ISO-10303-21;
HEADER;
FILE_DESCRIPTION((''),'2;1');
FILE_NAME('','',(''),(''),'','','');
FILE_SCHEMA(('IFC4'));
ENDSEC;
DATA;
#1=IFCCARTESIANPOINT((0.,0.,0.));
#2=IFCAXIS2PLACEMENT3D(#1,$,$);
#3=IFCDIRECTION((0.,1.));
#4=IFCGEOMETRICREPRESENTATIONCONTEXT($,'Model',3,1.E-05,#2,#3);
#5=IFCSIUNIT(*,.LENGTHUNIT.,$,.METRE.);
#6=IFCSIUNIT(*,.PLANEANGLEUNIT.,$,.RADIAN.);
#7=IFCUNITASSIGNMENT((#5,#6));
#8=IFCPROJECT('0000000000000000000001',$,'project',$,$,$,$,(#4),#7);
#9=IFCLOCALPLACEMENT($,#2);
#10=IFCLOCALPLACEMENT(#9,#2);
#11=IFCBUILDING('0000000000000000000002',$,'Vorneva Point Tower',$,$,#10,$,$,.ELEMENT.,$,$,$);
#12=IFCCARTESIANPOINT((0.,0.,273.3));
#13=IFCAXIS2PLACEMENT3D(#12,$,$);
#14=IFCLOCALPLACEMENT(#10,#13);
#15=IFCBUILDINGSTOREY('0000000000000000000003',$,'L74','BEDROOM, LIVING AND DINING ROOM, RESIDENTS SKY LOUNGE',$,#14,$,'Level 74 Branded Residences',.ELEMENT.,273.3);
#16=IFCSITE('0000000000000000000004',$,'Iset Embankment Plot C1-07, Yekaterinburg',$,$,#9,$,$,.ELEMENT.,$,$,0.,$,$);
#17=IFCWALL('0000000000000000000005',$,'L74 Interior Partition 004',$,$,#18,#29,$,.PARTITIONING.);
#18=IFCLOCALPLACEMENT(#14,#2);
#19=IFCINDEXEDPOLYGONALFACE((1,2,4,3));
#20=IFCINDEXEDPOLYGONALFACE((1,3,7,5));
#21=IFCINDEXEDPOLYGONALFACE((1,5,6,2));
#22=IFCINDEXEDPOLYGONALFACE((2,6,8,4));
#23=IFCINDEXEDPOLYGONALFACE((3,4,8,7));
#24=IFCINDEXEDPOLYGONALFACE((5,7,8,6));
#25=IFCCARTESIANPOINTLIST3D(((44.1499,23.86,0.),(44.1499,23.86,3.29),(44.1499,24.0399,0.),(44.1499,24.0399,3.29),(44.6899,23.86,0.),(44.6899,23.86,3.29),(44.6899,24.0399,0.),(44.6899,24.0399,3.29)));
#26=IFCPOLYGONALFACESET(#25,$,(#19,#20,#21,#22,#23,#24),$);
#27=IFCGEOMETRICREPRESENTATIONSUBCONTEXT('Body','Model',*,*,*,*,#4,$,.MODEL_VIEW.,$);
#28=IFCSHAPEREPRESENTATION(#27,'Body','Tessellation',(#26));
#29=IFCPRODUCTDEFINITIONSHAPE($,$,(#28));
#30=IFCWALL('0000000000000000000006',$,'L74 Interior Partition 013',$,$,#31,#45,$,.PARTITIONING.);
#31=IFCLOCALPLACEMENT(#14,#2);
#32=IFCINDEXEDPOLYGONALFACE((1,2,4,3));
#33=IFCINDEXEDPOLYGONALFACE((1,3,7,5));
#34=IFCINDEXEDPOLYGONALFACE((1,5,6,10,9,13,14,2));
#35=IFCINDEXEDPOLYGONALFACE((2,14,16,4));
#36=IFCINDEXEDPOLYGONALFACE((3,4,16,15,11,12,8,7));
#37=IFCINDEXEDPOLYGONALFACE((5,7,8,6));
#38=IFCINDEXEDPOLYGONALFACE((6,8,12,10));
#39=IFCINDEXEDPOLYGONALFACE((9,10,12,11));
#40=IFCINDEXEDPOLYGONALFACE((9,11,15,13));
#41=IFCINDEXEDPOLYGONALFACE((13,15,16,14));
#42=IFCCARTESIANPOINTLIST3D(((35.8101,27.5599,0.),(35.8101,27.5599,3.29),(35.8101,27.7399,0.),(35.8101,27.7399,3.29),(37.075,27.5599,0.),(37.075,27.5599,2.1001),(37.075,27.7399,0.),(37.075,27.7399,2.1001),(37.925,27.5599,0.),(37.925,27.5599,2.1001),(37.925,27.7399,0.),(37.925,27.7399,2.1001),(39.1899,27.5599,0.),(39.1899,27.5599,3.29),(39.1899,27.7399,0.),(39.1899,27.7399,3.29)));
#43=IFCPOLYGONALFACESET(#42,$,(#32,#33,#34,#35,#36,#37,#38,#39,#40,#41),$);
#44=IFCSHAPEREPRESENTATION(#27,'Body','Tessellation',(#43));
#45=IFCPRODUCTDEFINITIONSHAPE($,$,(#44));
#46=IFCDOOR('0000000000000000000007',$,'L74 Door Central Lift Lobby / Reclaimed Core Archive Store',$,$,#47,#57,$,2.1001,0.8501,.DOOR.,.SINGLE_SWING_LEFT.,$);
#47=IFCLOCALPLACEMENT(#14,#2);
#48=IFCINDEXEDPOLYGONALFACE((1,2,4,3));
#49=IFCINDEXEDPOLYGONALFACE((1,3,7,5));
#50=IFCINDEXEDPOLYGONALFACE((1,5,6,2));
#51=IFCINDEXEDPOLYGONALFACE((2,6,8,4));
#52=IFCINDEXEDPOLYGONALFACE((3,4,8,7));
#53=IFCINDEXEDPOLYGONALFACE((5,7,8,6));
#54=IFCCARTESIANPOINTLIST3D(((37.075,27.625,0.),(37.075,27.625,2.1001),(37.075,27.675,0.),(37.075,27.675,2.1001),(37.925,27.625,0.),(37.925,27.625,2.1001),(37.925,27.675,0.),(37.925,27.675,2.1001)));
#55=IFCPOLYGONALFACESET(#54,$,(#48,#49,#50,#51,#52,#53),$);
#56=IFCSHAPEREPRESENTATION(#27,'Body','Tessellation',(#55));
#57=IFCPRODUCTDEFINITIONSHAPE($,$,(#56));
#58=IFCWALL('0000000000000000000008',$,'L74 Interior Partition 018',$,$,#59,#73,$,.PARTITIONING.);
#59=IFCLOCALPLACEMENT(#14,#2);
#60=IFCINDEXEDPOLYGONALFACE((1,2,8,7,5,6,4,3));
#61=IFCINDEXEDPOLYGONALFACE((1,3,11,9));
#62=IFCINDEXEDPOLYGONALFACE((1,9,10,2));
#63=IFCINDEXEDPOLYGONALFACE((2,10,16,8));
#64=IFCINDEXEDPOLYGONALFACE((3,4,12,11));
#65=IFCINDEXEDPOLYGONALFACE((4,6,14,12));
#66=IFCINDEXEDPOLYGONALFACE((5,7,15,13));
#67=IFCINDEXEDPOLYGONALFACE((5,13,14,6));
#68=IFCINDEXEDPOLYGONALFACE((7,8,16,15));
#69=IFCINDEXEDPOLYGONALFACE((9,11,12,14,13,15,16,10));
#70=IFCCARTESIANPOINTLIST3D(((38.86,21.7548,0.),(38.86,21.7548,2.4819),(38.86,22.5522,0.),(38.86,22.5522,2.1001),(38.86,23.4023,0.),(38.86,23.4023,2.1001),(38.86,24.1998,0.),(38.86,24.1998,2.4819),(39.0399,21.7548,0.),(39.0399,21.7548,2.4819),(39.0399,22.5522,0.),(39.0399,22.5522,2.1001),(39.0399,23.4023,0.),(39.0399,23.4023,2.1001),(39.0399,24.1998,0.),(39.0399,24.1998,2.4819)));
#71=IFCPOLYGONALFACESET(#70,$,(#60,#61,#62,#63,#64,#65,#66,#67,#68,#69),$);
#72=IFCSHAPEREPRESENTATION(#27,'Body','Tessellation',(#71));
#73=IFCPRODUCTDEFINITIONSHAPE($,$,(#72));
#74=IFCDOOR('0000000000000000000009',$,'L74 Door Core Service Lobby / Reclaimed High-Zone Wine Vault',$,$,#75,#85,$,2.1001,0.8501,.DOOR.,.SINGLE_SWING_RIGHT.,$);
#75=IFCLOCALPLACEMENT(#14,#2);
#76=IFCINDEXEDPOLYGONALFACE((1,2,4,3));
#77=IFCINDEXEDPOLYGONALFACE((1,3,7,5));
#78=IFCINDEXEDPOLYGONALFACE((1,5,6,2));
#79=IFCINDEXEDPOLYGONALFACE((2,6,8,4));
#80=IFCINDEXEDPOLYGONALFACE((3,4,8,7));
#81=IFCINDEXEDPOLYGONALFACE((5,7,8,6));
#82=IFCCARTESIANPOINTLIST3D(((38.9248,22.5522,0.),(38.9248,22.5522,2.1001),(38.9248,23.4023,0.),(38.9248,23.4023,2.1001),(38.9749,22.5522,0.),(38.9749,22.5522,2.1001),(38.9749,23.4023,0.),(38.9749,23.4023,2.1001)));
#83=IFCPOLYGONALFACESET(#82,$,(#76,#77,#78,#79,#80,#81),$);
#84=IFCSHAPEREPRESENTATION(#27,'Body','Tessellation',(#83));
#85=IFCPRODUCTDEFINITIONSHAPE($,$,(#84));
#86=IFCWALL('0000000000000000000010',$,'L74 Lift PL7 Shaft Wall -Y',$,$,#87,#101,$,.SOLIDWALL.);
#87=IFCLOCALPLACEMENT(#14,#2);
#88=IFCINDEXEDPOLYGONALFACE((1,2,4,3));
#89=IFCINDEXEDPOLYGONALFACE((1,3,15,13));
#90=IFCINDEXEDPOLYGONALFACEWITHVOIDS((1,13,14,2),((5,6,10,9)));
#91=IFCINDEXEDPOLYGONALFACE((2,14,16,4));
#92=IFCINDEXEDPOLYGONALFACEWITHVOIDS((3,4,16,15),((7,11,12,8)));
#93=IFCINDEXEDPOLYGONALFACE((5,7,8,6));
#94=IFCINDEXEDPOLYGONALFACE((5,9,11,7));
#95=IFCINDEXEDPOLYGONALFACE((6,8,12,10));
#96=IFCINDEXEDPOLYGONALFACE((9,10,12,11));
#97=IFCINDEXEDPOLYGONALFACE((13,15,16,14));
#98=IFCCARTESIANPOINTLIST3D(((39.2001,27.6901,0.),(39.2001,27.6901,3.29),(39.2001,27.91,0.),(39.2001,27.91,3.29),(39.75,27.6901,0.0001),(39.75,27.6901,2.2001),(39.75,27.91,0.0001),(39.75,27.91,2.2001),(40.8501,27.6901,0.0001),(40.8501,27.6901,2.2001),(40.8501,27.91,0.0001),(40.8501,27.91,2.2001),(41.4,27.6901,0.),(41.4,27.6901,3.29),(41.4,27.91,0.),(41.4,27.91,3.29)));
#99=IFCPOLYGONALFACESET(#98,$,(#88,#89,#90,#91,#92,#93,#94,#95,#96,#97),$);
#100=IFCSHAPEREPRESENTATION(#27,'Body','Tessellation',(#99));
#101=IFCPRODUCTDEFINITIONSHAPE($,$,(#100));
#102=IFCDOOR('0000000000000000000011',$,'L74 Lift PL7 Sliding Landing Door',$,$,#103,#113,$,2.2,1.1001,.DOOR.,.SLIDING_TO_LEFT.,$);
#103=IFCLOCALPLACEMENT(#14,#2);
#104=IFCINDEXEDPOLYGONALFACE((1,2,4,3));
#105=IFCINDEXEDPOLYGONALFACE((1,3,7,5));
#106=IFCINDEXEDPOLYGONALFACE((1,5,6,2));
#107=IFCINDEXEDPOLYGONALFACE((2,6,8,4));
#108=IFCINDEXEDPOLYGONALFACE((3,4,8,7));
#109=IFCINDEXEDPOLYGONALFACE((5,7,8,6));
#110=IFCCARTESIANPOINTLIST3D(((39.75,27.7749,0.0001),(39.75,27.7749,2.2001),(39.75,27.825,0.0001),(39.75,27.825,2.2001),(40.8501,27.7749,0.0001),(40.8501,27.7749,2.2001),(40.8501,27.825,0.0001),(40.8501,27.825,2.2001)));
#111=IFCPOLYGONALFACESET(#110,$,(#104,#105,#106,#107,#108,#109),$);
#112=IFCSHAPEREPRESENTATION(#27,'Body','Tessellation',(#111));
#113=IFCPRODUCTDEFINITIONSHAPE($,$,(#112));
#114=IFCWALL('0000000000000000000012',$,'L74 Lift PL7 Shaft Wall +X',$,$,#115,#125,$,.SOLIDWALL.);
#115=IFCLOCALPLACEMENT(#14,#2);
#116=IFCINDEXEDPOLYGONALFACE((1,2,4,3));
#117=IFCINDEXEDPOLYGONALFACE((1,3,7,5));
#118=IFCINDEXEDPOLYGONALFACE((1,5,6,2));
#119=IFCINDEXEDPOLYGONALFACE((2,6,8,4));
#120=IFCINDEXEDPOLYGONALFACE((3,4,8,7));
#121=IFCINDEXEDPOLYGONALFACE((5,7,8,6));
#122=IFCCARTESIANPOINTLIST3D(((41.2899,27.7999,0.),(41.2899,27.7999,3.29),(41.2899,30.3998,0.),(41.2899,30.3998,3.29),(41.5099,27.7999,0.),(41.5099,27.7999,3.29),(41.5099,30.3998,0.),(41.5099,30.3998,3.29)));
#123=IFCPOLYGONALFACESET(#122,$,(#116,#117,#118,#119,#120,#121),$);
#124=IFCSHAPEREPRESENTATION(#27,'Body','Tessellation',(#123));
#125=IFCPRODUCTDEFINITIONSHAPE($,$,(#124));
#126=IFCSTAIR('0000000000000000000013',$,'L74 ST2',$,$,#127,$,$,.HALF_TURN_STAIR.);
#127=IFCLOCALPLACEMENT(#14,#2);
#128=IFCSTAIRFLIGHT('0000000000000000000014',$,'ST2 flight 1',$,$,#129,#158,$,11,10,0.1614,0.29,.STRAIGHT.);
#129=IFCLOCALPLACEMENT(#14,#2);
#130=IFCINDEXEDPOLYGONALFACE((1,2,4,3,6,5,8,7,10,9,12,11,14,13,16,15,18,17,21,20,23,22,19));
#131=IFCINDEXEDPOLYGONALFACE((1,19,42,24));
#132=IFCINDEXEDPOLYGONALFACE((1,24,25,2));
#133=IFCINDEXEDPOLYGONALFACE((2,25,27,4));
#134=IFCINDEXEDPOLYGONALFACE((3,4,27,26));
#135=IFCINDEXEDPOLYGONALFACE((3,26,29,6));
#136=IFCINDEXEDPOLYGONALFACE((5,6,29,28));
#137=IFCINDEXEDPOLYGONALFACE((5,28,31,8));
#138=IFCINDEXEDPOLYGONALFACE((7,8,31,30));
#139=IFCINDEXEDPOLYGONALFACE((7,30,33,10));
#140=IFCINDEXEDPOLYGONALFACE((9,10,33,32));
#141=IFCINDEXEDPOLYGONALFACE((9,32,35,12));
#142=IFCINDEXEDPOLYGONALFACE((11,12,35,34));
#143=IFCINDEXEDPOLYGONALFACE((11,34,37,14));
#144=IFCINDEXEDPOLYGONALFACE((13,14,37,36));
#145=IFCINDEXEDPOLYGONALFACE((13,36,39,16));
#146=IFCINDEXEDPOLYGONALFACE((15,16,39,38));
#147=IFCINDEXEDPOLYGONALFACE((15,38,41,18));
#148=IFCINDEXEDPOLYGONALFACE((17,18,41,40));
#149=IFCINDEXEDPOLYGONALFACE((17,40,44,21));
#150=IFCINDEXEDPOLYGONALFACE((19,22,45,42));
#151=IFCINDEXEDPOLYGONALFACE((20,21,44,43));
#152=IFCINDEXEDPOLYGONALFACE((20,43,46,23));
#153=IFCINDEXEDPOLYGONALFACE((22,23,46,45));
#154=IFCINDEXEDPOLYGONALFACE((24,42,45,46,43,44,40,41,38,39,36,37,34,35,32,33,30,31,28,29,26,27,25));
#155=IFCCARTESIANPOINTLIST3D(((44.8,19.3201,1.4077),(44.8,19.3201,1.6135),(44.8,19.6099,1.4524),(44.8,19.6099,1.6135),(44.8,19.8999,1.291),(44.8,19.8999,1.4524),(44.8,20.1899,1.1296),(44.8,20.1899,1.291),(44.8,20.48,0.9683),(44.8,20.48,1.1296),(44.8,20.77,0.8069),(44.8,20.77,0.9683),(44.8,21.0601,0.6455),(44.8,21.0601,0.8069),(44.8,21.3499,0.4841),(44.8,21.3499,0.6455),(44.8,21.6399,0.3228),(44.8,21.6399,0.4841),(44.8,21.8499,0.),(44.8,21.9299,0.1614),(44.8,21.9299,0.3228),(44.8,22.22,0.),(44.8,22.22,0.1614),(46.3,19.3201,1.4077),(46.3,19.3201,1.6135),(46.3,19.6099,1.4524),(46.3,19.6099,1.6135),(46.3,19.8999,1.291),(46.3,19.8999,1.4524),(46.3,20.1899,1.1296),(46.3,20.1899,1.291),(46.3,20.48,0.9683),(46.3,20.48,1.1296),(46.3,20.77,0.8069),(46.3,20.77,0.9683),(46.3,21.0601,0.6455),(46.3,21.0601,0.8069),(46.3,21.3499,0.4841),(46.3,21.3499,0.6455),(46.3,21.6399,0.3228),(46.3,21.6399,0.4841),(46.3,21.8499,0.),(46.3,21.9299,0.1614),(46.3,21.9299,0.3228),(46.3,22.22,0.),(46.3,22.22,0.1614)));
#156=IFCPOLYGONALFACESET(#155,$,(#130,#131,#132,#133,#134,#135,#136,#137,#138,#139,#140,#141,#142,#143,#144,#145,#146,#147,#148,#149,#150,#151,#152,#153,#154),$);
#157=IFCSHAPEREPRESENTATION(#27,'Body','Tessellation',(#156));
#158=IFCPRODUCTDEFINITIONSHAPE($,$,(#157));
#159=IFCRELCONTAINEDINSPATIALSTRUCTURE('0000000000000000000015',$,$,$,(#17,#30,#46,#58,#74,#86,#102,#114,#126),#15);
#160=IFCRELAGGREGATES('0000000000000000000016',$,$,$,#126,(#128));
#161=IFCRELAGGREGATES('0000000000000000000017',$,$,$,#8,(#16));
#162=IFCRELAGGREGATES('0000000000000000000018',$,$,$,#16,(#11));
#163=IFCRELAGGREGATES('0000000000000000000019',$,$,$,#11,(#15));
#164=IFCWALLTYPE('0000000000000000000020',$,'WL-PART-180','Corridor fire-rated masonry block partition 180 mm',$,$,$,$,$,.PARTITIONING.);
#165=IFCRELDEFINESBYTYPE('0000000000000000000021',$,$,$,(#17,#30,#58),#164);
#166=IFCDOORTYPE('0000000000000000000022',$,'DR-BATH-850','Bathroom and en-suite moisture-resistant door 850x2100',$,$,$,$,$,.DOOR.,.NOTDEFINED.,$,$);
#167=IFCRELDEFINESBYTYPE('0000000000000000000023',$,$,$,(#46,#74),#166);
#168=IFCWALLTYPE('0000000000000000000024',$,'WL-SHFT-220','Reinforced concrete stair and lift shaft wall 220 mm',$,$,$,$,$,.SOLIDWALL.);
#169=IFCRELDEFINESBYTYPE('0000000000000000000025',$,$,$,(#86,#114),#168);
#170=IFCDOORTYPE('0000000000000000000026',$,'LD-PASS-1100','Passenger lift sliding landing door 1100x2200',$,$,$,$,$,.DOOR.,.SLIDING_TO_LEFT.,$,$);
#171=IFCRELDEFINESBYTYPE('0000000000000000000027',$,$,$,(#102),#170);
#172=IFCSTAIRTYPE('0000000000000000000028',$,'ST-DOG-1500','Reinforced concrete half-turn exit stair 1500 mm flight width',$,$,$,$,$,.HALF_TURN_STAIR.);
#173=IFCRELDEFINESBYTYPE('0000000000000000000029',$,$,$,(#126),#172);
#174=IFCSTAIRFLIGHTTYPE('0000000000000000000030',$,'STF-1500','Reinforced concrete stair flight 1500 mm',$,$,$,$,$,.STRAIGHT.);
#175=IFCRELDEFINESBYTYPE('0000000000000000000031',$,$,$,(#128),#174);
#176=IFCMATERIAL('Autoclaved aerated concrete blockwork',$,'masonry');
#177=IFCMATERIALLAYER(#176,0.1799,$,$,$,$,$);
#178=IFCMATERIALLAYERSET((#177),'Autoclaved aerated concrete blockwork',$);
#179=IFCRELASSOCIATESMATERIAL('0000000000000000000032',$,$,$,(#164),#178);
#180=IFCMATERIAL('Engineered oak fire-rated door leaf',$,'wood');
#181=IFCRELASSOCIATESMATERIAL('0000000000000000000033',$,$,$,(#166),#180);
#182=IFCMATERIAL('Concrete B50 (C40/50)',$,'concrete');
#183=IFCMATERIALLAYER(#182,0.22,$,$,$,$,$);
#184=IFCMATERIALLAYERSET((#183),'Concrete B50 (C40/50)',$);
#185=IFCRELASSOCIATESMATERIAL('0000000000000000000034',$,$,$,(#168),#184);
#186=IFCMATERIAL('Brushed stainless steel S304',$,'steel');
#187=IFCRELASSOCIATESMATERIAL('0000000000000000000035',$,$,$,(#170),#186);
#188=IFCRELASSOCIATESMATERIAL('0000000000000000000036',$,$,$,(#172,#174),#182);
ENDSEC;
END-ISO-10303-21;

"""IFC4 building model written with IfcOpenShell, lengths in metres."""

from ifc_helpers import new_model, si_unit, direction, frame, frame_2d, origin, place, context, subcontext, project, spatial, polyline, rectangle, outline, extrude, material, layer, layer_set, type_object, element, fill, aggregate, save


model = new_model("IFC4")

# Units and contexts
model_context = context("Model", 3, precision=1e-05, world=origin(), true_north=direction((0.0, 1.0)))
body_context = subcontext(model_context, "Body", "Model", "MODEL_VIEW")
ifc_project = project(units=[si_unit("LENGTHUNIT", "METRE"), si_unit("PLANEANGLEUNIT", "RADIAN")], contexts=[model_context])

# Site, building, storey
site_placement = place(None, origin())
site = spatial("IfcSite", under=ifc_project, at=site_placement, Name="Iset Embankment Plot C1-07, Yekaterinburg", CompositionType="ELEMENT", RefElevation=0.0)
building_placement = place(site_placement, origin())
building = spatial("IfcBuilding", under=site, at=building_placement, Name="Vorneva Point Tower", CompositionType="ELEMENT")
storey_placement = place(building_placement, frame((0.0, 0.0, 273.3)))
storey = spatial("IfcBuildingStorey", under=building, at=storey_placement, Name="L74", Description="BEDROOM, LIVING AND DINING ROOM, RESIDENTS SKY LOUNGE", LongName="Level 74 Branded Residences", CompositionType="ELEMENT", Elevation=273.3)

# Wall
ifc_material_1 = material(Name="Autoclaved aerated concrete blockwork", Category="masonry")
ifc_layer_1 = layer(ifc_material_1, 0.1799)
ifc_layer_set_1 = layer_set([ifc_layer_1], Name="Autoclaved aerated concrete blockwork")
wall_type_1 = type_object("IfcWallType", Name="WL-PART-180", Description="Corridor fire-rated masonry block partition 180 mm", PredefinedType="PARTITIONING", material=ifc_layer_set_1)
wall_1_placement = place(storey_placement, frame((44.1499, 23.95, 0.0), z_axis=(0.0, 0.0, 1.0), x_axis=(1.0, 0.0, 0.0)))
element("IfcWall", 1, at=wall_1_placement, inside=storey, type_object=wall_type_1, Name="L74 Interior Partition 004", PredefinedType="PARTITIONING", context=body_context, shape_type="SweptSolid", body=[
    extrude(rectangle(XDim=0.54, YDim=0.1799, at=frame_2d((0.27, 0.0))), origin(), (0.0, 0.0, 1.0), 3.29),
])

# Walls, openings, doors
ifc_material_2 = material(Name="Engineered oak fire-rated door leaf", Category="wood")
wall_2_placement = place(storey_placement, frame((39.1899, 27.6499, 0.0), z_axis=(0.0, 0.0, 1.0), x_axis=(-1.0, 0.0, 0.0)))
wall_2 = element("IfcWall", 2, at=wall_2_placement, inside=storey, type_object=wall_type_1, Name="L74 Interior Partition 013", PredefinedType="PARTITIONING", context=body_context, shape_type="SweptSolid", body=[
    extrude(rectangle(XDim=3.3799, YDim=0.1799, at=frame_2d((1.6899, 0.0))), origin(), (0.0, 0.0, 1.0), 3.29),
])
opening_1_placement = place(wall_2_placement, frame((1.2649, 0.0, 0.0)))
opening_1 = element("IfcOpeningElement", 3, at=opening_1_placement, cuts=wall_2, PredefinedType="OPENING", context=body_context, shape_type="SweptSolid", body=[
    extrude(rectangle(XDim=0.8501, YDim=2.1001, at=frame_2d((0.425, 1.05))), frame((0.0, 0.105, 0.0), z_axis=(0.0, -1.0, 0.0), x_axis=(1.0, 0.0, 0.0)), (0.0, 0.0, 1.0), 0.2097),
])
door_type_1 = type_object("IfcDoorType", Name="DR-BATH-850", Description="Bathroom and en-suite moisture-resistant door 850x2100", OperationType="NOTDEFINED", PredefinedType="DOOR", material=ifc_material_2)
door_1_placement = place(opening_1_placement, origin())
door_1 = element("IfcDoor", 4, at=door_1_placement, inside=storey, type_object=door_type_1, Name="L74 Door Central Lift Lobby / Reclaimed Core Archive Store", OperationType="SINGLE_SWING_LEFT", OverallHeight=2.1001, OverallWidth=0.8501, PredefinedType="DOOR", context=body_context, shape_type="SweptSolid", body=[
    extrude(rectangle(XDim=0.8501, YDim=2.1001, at=frame_2d((0.425, 1.05))), frame((0.0, 0.0249, 0.0), z_axis=(0.0, -1.0, 0.0), x_axis=(1.0, 0.0, 0.0)), (0.0, 0.0, 1.0), 0.05),
])
fill(opening_1, door_1)
wall_3_placement = place(storey_placement, frame((38.95, 24.2, 0.0), z_axis=(0.0, 0.0, 1.0), x_axis=(0.0, -1.0, 0.0)))
wall_3 = element("IfcWall", 5, at=wall_3_placement, inside=storey, type_object=wall_type_1, Name="L74 Interior Partition 018", PredefinedType="PARTITIONING", context=body_context, shape_type="SweptSolid", body=[
    extrude(rectangle(XDim=2.4451, YDim=0.1799, at=frame_2d((1.2227, 0.0))), origin(), (0.0, 0.0, 1.0), 2.4819),
])
opening_2_placement = place(wall_3_placement, frame((0.7976, 0.0, 0.0)))
opening_2 = element("IfcOpeningElement", 6, at=opening_2_placement, cuts=wall_3, PredefinedType="OPENING", context=body_context, shape_type="SweptSolid", body=[
    extrude(rectangle(XDim=0.8501, YDim=2.1001, at=frame_2d((0.425, 1.05))), frame((0.0, 0.105, 0.0), z_axis=(0.0, -1.0, 0.0), x_axis=(1.0, 0.0, 0.0)), (0.0, 0.0, 1.0), 0.2097),
])
door_2_placement = place(opening_2_placement, origin())
door_2 = element("IfcDoor", 7, at=door_2_placement, inside=storey, type_object=door_type_1, Name="L74 Door Core Service Lobby / Reclaimed High-Zone Wine Vault", OperationType="SINGLE_SWING_RIGHT", OverallHeight=2.1001, OverallWidth=0.8501, PredefinedType="DOOR", context=body_context, shape_type="SweptSolid", body=[
    extrude(rectangle(XDim=0.8501, YDim=2.1001, at=frame_2d((0.425, 1.05))), frame((0.0, 0.0249, 0.0), z_axis=(0.0, -1.0, 0.0), x_axis=(1.0, 0.0, 0.0)), (0.0, 0.0, 1.0), 0.05),
])
fill(opening_2, door_2)
ifc_material_3 = material(Name="Concrete B50 (C40/50)", Category="concrete")
ifc_layer_2 = layer(ifc_material_3, 0.22)
ifc_layer_set_2 = layer_set([ifc_layer_2], Name="Concrete B50 (C40/50)")
wall_type_2 = type_object("IfcWallType", Name="WL-SHFT-220", Description="Reinforced concrete stair and lift shaft wall 220 mm", PredefinedType="SOLIDWALL", material=ifc_layer_set_2)
wall_4_placement = place(storey_placement, frame((39.2, 27.8, 0.0), z_axis=(0.0, 0.0, 1.0), x_axis=(1.0, 0.0, 0.0)))
wall_4 = element("IfcWall", 8, at=wall_4_placement, inside=storey, type_object=wall_type_2, Name="L74 Lift PL7 Shaft Wall -Y", PredefinedType="SOLIDWALL", context=body_context, shape_type="SweptSolid", body=[
    extrude(rectangle(XDim=2.2, YDim=0.22, at=frame_2d((1.1001, 0.0))), origin(), (0.0, 0.0, 1.0), 3.29),
])
opening_3_placement = place(wall_4_placement, frame((0.55, 0.0, 0.0)))
opening_3 = element("IfcOpeningElement", 9, at=opening_3_placement, cuts=wall_4, PredefinedType="OPENING", context=body_context, shape_type="SweptSolid", body=[
    extrude(rectangle(XDim=1.1001, YDim=2.2, at=frame_2d((0.55, 1.1001))), frame((0.0, 0.125, 0.0), z_axis=(0.0, -1.0, 0.0), x_axis=(1.0, 0.0, 0.0)), (0.0, 0.0, 1.0), 0.2498),
])
ifc_material_4 = material(Name="Brushed stainless steel S304", Category="steel")
door_type_2 = type_object("IfcDoorType", Name="LD-PASS-1100", Description="Passenger lift sliding landing door 1100x2200", OperationType="SLIDING_TO_LEFT", PredefinedType="DOOR", material=ifc_material_4)
door_3_placement = place(opening_3_placement, origin())
door_3 = element("IfcDoor", 10, at=door_3_placement, inside=storey, type_object=door_type_2, Name="L74 Lift PL7 Sliding Landing Door", OperationType="SLIDING_TO_LEFT", OverallHeight=2.2, OverallWidth=1.1001, PredefinedType="DOOR", context=body_context, shape_type="SweptSolid", body=[
    extrude(rectangle(XDim=1.1001, YDim=2.2, at=frame_2d((0.55, 1.1001))), frame((0.0, 0.0249, 0.0), z_axis=(0.0, -1.0, 0.0), x_axis=(1.0, 0.0, 0.0)), (0.0, 0.0, 1.0), 0.05),
])
fill(opening_3, door_3)

# Wall
wall_5_placement = place(storey_placement, frame((41.3999, 27.8, 0.0), z_axis=(0.0, 0.0, 1.0), x_axis=(0.0, 1.0, 0.0)))
element("IfcWall", 11, at=wall_5_placement, inside=storey, type_object=wall_type_2, Name="L74 Lift PL7 Shaft Wall +X", PredefinedType="SOLIDWALL", context=body_context, shape_type="SweptSolid", body=[
    extrude(rectangle(XDim=2.5999, YDim=0.22, at=frame_2d((1.2998, 0.0))), origin(), (0.0, 0.0, 1.0), 3.29),
])

# Stair, stair flight
stair_type = type_object("IfcStairType", Name="ST-DOG-1500", Description="Reinforced concrete half-turn exit stair 1500 mm flight width", PredefinedType="HALF_TURN_STAIR", material=ifc_material_3)
stair_placement = place(storey_placement, origin())
stair = element("IfcStair", 12, at=stair_placement, inside=storey, type_object=stair_type, Name="L74 ST2", PredefinedType="HALF_TURN_STAIR")
stair_flight_type = type_object("IfcStairFlightType", Name="STF-1500", Description="Reinforced concrete stair flight 1500 mm", PredefinedType="STRAIGHT", material=ifc_material_3)
stair_flight_placement = place(storey_placement, frame((45.55, 22.22, 0.0), z_axis=(0.0, 0.0, 1.0), x_axis=(0.0, -1.0, 0.0)))
stair_flight = element("IfcStairFlight", 13, at=stair_flight_placement, type_object=stair_flight_type, Name="ST2 flight 1", NumberOfRisers=11, NumberOfTreads=10, PredefinedType="STRAIGHT", RiserHeight=0.1614, TreadLength=0.29, context=body_context, shape_type="SweptSolid", body=[
    extrude(outline(polyline([(0.0, 0.0), (0.0, 0.1614), (0.29, 0.1614), (0.29, 0.3228), (0.5801, 0.3228), (0.5801, 0.4841), (0.8701, 0.4841), (0.8701, 0.6455), (1.1599, 0.6455), (1.1599, 0.8069), (1.45, 0.8069), (1.45, 0.9683), (1.74, 0.9683), (1.74, 1.1296), (2.03, 1.1296), (2.03, 1.291), (2.3201, 1.291), (2.3201, 1.4524), (2.6101, 1.4524), (2.6101, 1.6135), (2.8999, 1.6135), (2.8999, 1.7749), (2.8999, 1.4077), (0.3701, 0.0), (0.0, 0.0)])), frame((0.0, 0.75, 0.0), z_axis=(0.0, -1.0, 0.0), x_axis=(1.0, 0.0, 0.0)), (0.0, 0.0, 1.0), 1.5),
])
aggregate(stair, [stair_flight])

save(model, "model.ifc")
